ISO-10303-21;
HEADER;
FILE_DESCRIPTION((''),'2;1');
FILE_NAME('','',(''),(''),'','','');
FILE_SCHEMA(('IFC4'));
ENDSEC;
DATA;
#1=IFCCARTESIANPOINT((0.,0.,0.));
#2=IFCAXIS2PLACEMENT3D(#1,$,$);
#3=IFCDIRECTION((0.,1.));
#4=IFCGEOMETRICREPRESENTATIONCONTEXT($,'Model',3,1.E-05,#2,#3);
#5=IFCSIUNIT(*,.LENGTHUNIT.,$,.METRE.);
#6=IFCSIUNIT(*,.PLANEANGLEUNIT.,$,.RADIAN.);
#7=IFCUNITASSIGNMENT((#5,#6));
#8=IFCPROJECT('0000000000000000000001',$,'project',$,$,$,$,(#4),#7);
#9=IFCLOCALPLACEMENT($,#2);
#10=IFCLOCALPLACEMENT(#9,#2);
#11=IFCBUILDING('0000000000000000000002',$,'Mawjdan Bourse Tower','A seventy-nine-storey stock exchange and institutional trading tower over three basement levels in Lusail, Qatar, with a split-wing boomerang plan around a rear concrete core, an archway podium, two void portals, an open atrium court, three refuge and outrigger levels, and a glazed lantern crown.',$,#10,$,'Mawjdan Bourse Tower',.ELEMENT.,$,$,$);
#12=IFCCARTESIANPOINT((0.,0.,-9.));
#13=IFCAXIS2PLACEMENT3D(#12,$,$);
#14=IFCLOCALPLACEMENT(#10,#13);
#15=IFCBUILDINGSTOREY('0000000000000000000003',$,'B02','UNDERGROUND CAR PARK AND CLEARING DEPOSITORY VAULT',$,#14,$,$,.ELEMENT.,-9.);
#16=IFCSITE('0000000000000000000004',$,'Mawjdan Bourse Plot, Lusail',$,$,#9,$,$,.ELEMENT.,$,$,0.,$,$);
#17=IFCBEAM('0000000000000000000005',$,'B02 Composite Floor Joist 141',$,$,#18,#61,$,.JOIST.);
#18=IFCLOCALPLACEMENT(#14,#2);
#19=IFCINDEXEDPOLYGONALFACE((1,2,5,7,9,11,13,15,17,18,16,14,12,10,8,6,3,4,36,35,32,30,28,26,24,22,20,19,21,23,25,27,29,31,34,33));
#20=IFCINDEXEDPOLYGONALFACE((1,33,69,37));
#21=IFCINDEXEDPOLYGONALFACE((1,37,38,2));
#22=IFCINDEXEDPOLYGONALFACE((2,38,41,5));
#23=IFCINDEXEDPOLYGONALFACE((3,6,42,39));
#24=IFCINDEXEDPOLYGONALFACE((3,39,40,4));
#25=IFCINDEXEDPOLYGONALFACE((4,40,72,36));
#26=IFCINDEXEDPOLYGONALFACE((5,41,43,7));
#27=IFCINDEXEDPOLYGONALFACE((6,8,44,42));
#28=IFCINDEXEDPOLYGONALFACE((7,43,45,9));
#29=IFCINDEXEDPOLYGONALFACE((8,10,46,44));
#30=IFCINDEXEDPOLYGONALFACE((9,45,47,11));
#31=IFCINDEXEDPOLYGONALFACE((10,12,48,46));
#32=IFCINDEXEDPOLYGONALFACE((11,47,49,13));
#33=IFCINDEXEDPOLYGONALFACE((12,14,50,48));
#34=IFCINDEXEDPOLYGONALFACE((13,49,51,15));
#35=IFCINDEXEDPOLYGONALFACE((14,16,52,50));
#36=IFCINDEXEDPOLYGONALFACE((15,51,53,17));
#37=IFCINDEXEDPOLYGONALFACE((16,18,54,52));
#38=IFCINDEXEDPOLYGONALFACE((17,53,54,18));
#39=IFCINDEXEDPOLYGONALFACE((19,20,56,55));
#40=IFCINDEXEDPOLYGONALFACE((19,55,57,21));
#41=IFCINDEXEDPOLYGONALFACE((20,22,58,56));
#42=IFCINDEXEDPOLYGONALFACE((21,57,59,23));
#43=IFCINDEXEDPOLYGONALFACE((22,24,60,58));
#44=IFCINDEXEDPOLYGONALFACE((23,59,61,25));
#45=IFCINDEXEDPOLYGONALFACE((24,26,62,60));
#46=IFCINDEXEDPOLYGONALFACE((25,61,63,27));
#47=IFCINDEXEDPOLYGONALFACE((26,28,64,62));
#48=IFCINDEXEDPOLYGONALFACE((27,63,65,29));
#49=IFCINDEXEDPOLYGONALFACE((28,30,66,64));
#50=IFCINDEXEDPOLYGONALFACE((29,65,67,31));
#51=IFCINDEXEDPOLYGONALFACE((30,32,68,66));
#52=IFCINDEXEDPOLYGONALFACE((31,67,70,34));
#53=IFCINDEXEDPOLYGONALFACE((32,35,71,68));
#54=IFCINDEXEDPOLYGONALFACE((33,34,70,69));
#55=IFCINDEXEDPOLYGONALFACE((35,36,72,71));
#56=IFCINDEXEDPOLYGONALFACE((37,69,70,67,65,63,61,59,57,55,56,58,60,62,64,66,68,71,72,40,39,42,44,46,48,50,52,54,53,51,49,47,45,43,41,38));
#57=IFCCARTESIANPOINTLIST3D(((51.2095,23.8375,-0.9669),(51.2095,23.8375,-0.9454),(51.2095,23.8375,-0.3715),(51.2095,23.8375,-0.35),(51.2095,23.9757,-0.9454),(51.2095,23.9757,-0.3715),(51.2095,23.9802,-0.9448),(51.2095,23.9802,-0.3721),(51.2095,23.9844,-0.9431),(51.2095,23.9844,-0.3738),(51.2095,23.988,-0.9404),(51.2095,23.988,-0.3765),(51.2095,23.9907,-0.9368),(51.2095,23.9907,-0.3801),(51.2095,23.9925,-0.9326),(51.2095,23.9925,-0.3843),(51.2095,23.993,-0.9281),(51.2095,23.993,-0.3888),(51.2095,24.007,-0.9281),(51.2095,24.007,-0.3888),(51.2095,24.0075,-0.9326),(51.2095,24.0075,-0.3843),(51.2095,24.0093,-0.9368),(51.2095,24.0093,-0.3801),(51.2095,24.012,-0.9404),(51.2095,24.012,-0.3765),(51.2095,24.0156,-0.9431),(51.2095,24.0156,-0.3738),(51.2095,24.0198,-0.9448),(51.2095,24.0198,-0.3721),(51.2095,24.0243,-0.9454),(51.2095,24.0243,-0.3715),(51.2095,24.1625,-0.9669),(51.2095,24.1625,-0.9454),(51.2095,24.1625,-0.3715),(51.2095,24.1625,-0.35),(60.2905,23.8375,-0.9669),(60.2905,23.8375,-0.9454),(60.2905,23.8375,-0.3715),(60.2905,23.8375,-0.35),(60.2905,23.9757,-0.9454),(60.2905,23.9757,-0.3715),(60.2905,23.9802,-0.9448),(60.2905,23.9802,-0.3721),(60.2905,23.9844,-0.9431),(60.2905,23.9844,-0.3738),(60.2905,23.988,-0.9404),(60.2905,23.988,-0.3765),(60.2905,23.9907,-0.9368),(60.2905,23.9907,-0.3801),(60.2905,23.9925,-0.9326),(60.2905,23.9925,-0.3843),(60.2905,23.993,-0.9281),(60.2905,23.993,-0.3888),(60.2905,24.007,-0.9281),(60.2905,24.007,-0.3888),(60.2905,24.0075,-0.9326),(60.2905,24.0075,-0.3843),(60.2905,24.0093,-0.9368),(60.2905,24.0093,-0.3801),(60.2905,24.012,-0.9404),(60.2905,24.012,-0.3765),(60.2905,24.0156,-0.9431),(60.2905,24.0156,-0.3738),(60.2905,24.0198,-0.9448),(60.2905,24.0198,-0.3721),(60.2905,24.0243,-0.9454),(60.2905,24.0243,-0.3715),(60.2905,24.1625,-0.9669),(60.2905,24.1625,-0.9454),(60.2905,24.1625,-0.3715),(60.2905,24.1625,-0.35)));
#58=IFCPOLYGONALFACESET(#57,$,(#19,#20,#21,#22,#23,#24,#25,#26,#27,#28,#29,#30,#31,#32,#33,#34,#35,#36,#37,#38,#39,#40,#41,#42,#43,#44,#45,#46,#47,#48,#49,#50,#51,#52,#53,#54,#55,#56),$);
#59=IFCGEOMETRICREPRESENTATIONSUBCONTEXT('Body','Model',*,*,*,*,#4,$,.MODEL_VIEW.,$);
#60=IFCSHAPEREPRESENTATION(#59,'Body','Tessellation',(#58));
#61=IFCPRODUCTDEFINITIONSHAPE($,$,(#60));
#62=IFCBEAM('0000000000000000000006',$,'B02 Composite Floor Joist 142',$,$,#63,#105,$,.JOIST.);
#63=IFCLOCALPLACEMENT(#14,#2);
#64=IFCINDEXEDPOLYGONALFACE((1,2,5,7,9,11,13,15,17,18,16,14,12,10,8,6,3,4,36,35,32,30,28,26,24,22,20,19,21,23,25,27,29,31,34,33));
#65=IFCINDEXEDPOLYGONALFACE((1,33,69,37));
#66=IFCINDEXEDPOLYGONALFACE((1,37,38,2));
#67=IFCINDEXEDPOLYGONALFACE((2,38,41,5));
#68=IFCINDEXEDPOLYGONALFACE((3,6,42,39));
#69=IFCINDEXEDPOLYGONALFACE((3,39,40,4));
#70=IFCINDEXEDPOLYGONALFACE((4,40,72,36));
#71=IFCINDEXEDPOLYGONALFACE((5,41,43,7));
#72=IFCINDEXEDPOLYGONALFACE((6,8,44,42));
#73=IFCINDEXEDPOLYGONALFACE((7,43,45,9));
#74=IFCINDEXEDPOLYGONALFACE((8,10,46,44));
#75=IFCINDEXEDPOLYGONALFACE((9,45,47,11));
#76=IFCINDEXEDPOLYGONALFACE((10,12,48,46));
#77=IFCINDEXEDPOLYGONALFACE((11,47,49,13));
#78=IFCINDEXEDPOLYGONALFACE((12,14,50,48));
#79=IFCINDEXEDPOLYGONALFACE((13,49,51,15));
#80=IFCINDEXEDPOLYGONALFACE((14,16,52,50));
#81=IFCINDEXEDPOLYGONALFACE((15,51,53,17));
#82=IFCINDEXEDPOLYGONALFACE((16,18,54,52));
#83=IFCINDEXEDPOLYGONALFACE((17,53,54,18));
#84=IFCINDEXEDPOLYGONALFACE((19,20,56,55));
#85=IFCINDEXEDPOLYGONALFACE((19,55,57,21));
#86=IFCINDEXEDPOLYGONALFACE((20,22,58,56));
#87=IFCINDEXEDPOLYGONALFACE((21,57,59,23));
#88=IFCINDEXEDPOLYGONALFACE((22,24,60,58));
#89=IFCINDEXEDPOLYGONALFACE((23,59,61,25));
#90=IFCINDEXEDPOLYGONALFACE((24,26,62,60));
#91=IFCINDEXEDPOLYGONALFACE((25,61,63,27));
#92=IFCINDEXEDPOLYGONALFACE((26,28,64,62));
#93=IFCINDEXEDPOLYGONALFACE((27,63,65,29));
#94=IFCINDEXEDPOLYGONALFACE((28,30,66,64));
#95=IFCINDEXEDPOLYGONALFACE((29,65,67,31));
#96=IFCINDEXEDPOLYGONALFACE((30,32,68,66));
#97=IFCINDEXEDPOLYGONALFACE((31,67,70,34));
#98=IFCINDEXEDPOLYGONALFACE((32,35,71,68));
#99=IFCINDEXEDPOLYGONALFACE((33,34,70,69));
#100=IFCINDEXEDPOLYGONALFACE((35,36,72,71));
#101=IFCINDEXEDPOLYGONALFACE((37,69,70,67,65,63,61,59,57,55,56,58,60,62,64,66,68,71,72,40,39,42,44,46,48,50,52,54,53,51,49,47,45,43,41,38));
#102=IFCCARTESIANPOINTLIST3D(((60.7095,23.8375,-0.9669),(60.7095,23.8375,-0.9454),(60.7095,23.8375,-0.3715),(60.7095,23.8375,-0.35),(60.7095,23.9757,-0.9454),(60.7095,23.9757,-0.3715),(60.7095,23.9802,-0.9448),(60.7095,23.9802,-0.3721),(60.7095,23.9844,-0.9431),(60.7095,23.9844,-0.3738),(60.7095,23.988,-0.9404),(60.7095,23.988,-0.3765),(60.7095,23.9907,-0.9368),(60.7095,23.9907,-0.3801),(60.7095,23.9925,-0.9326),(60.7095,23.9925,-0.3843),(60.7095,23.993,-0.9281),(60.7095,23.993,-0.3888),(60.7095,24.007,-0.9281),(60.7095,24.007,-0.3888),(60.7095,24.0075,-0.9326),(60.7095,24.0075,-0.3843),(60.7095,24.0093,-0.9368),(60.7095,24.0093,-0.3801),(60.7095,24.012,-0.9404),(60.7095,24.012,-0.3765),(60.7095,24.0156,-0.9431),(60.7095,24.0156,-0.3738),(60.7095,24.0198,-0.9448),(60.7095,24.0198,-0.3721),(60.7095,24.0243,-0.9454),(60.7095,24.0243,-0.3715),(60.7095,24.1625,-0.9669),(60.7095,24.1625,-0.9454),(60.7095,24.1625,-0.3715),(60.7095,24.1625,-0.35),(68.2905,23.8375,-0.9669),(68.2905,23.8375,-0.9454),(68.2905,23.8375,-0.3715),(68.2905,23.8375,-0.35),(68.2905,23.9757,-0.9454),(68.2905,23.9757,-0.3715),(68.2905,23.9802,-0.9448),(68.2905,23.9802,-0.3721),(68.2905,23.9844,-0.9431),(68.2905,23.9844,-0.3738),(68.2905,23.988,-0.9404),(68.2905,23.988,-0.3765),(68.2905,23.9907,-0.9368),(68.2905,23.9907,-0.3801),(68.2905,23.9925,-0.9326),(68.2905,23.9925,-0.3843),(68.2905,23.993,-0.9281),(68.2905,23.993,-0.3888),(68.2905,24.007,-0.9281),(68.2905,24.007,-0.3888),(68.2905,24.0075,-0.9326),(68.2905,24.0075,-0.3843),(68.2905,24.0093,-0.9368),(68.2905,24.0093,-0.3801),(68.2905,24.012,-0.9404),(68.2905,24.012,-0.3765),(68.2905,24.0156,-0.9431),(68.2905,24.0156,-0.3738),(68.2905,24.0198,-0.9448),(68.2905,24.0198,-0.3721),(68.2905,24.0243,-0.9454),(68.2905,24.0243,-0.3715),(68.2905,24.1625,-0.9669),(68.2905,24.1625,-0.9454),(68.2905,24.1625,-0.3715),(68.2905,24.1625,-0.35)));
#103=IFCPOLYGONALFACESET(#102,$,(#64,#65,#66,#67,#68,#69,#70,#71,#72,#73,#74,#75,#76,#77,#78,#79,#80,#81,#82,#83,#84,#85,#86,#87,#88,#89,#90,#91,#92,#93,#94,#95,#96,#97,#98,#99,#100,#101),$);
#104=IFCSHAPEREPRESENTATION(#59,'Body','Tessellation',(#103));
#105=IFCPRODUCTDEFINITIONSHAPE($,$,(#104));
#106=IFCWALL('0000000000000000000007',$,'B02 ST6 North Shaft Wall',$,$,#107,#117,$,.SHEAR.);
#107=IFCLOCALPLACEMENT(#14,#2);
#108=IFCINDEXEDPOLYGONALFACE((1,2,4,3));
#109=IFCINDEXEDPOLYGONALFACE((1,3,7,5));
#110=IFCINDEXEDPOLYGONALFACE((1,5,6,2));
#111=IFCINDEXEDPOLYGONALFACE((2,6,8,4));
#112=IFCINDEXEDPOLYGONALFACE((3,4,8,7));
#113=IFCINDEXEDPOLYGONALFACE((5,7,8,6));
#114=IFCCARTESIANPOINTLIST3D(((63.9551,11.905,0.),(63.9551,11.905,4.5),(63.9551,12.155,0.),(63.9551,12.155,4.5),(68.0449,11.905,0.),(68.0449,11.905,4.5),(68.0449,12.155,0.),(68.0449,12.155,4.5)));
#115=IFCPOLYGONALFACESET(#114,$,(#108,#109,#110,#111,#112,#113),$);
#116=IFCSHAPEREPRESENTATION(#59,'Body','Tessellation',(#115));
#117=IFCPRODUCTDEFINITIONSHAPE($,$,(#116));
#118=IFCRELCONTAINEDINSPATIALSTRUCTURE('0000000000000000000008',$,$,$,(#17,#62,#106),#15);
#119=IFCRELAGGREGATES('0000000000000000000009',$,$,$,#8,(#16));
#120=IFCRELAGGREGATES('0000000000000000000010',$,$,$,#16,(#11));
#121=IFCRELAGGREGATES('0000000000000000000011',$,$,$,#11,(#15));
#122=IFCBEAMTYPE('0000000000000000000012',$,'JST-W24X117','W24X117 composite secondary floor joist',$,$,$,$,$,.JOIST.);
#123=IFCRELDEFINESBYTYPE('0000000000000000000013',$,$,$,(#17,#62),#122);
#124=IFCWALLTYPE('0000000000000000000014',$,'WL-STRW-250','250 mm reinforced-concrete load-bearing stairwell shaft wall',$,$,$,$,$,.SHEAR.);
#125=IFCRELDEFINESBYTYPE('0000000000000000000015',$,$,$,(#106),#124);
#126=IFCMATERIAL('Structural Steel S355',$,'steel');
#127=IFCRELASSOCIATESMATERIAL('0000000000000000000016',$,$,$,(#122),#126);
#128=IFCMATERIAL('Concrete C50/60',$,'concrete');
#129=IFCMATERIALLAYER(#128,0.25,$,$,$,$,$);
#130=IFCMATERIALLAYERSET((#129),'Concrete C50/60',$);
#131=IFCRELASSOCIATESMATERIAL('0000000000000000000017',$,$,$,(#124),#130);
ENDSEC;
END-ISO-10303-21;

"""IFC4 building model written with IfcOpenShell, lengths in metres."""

from ifc_helpers import new_model, si_unit, direction, frame, frame_2d, origin, origin_2d, place, context, subcontext, project, spatial, rectangle, i_section, extrude, material, layer, layer_set, material_profile, profile_set, type_object, element, save


model = new_model("IFC4")

# Units and contexts
model_context = context("Model", 3, precision=1e-05, world=origin(), true_north=direction((0.0, 1.0)))
body_context = subcontext(model_context, "Body", "Model", "MODEL_VIEW")
ifc_project = project(units=[si_unit("LENGTHUNIT", "METRE"), si_unit("PLANEANGLEUNIT", "RADIAN")], contexts=[model_context])

# Site, building, storey
site_placement = place(None, origin())
site = spatial("IfcSite", under=ifc_project, at=site_placement, Name="Mawjdan Bourse Plot, Lusail", CompositionType="ELEMENT", RefElevation=0.0)
building_placement = place(site_placement, origin())
building = spatial("IfcBuilding", under=site, at=building_placement, Name="Mawjdan Bourse Tower", Description="A seventy-nine-storey stock exchange and institutional trading tower over three basement levels in Lusail, Qatar, with a split-wing boomerang plan around a rear concrete core, an archway podium, two void portals, an open atrium court, three refuge and outrigger levels, and a glazed lantern crown.", LongName="Mawjdan Bourse Tower", CompositionType="ELEMENT")
storey_placement = place(building_placement, frame((0.0, 0.0, -9.0)))
storey = spatial("IfcBuildingStorey", under=building, at=storey_placement, Name="B02", Description="UNDERGROUND CAR PARK AND CLEARING DEPOSITORY VAULT", CompositionType="ELEMENT", Elevation=-9.0)

# Beams
ifc_material_1 = material(Name="Structural Steel S355", Category="steel")
ifc_material_profile_1 = material_profile(ifc_material_1, i_section(OverallWidth=0.325, OverallDepth=0.6169, WebThickness=0.0139, FlangeThickness=0.0215, FilletRadius=0.0173, at=origin_2d()), Name="W24X117")
ifc_profile_set_1 = profile_set([ifc_material_profile_1], Name="Structural Steel S355")
beam_type_1 = type_object("IfcBeamType", Name="JST-W24X117", Description="W24X117 composite secondary floor joist", PredefinedType="JOIST", material=ifc_profile_set_1)
beam_1_placement = place(storey_placement, frame((51.2095, 24.0, -0.6584), z_axis=(1.0, 0.0, 0.0), x_axis=(0.0, 1.0, 0.0)))
element("IfcBeam", 1, at=beam_1_placement, inside=storey, type_object=beam_type_1, Name="B02 Composite Floor Joist 141", PredefinedType="JOIST", context=body_context, shape_type="SweptSolid", body=[
    extrude(i_section(OverallWidth=0.325, OverallDepth=0.6169, WebThickness=0.0139, FlangeThickness=0.0215, FilletRadius=0.0173, at=origin_2d()), origin(), (0.0, 0.0, 1.0), 9.0811),
])
beam_2_placement = place(storey_placement, frame((60.7095, 24.0, -0.6584), z_axis=(1.0, 0.0, 0.0), x_axis=(0.0, 1.0, 0.0)))
element("IfcBeam", 2, at=beam_2_placement, inside=storey, type_object=beam_type_1, Name="B02 Composite Floor Joist 142", PredefinedType="JOIST", context=body_context, shape_type="SweptSolid", body=[
    extrude(i_section(OverallWidth=0.325, OverallDepth=0.6169, WebThickness=0.0139, FlangeThickness=0.0215, FilletRadius=0.0173, at=origin_2d()), origin(), (0.0, 0.0, 1.0), 7.5811),
])

# Wall
ifc_material_2 = material(Name="Concrete C50/60", Category="concrete")
ifc_layer = layer(ifc_material_2, 0.25)
ifc_layer_set = layer_set([ifc_layer], Name="Concrete C50/60")
wall_type = type_object("IfcWallType", Name="WL-STRW-250", Description="250 mm reinforced-concrete load-bearing stairwell shaft wall", PredefinedType="SHEAR", material=ifc_layer_set)
wall_placement = place(storey_placement, frame((63.9551, 12.03, 0.0), z_axis=(0.0, 0.0, 1.0), x_axis=(1.0, 0.0, 0.0)))
element("IfcWall", 3, at=wall_placement, inside=storey, type_object=wall_type, Name="B02 ST6 North Shaft Wall", PredefinedType="SHEAR", context=body_context, shape_type="SweptSolid", body=[
    extrude(rectangle(XDim=4.0898, YDim=0.25, at=frame_2d((2.0449, 0.0))), origin(), (0.0, 0.0, 1.0), 4.5),
])

save(model, "model.ifc")
